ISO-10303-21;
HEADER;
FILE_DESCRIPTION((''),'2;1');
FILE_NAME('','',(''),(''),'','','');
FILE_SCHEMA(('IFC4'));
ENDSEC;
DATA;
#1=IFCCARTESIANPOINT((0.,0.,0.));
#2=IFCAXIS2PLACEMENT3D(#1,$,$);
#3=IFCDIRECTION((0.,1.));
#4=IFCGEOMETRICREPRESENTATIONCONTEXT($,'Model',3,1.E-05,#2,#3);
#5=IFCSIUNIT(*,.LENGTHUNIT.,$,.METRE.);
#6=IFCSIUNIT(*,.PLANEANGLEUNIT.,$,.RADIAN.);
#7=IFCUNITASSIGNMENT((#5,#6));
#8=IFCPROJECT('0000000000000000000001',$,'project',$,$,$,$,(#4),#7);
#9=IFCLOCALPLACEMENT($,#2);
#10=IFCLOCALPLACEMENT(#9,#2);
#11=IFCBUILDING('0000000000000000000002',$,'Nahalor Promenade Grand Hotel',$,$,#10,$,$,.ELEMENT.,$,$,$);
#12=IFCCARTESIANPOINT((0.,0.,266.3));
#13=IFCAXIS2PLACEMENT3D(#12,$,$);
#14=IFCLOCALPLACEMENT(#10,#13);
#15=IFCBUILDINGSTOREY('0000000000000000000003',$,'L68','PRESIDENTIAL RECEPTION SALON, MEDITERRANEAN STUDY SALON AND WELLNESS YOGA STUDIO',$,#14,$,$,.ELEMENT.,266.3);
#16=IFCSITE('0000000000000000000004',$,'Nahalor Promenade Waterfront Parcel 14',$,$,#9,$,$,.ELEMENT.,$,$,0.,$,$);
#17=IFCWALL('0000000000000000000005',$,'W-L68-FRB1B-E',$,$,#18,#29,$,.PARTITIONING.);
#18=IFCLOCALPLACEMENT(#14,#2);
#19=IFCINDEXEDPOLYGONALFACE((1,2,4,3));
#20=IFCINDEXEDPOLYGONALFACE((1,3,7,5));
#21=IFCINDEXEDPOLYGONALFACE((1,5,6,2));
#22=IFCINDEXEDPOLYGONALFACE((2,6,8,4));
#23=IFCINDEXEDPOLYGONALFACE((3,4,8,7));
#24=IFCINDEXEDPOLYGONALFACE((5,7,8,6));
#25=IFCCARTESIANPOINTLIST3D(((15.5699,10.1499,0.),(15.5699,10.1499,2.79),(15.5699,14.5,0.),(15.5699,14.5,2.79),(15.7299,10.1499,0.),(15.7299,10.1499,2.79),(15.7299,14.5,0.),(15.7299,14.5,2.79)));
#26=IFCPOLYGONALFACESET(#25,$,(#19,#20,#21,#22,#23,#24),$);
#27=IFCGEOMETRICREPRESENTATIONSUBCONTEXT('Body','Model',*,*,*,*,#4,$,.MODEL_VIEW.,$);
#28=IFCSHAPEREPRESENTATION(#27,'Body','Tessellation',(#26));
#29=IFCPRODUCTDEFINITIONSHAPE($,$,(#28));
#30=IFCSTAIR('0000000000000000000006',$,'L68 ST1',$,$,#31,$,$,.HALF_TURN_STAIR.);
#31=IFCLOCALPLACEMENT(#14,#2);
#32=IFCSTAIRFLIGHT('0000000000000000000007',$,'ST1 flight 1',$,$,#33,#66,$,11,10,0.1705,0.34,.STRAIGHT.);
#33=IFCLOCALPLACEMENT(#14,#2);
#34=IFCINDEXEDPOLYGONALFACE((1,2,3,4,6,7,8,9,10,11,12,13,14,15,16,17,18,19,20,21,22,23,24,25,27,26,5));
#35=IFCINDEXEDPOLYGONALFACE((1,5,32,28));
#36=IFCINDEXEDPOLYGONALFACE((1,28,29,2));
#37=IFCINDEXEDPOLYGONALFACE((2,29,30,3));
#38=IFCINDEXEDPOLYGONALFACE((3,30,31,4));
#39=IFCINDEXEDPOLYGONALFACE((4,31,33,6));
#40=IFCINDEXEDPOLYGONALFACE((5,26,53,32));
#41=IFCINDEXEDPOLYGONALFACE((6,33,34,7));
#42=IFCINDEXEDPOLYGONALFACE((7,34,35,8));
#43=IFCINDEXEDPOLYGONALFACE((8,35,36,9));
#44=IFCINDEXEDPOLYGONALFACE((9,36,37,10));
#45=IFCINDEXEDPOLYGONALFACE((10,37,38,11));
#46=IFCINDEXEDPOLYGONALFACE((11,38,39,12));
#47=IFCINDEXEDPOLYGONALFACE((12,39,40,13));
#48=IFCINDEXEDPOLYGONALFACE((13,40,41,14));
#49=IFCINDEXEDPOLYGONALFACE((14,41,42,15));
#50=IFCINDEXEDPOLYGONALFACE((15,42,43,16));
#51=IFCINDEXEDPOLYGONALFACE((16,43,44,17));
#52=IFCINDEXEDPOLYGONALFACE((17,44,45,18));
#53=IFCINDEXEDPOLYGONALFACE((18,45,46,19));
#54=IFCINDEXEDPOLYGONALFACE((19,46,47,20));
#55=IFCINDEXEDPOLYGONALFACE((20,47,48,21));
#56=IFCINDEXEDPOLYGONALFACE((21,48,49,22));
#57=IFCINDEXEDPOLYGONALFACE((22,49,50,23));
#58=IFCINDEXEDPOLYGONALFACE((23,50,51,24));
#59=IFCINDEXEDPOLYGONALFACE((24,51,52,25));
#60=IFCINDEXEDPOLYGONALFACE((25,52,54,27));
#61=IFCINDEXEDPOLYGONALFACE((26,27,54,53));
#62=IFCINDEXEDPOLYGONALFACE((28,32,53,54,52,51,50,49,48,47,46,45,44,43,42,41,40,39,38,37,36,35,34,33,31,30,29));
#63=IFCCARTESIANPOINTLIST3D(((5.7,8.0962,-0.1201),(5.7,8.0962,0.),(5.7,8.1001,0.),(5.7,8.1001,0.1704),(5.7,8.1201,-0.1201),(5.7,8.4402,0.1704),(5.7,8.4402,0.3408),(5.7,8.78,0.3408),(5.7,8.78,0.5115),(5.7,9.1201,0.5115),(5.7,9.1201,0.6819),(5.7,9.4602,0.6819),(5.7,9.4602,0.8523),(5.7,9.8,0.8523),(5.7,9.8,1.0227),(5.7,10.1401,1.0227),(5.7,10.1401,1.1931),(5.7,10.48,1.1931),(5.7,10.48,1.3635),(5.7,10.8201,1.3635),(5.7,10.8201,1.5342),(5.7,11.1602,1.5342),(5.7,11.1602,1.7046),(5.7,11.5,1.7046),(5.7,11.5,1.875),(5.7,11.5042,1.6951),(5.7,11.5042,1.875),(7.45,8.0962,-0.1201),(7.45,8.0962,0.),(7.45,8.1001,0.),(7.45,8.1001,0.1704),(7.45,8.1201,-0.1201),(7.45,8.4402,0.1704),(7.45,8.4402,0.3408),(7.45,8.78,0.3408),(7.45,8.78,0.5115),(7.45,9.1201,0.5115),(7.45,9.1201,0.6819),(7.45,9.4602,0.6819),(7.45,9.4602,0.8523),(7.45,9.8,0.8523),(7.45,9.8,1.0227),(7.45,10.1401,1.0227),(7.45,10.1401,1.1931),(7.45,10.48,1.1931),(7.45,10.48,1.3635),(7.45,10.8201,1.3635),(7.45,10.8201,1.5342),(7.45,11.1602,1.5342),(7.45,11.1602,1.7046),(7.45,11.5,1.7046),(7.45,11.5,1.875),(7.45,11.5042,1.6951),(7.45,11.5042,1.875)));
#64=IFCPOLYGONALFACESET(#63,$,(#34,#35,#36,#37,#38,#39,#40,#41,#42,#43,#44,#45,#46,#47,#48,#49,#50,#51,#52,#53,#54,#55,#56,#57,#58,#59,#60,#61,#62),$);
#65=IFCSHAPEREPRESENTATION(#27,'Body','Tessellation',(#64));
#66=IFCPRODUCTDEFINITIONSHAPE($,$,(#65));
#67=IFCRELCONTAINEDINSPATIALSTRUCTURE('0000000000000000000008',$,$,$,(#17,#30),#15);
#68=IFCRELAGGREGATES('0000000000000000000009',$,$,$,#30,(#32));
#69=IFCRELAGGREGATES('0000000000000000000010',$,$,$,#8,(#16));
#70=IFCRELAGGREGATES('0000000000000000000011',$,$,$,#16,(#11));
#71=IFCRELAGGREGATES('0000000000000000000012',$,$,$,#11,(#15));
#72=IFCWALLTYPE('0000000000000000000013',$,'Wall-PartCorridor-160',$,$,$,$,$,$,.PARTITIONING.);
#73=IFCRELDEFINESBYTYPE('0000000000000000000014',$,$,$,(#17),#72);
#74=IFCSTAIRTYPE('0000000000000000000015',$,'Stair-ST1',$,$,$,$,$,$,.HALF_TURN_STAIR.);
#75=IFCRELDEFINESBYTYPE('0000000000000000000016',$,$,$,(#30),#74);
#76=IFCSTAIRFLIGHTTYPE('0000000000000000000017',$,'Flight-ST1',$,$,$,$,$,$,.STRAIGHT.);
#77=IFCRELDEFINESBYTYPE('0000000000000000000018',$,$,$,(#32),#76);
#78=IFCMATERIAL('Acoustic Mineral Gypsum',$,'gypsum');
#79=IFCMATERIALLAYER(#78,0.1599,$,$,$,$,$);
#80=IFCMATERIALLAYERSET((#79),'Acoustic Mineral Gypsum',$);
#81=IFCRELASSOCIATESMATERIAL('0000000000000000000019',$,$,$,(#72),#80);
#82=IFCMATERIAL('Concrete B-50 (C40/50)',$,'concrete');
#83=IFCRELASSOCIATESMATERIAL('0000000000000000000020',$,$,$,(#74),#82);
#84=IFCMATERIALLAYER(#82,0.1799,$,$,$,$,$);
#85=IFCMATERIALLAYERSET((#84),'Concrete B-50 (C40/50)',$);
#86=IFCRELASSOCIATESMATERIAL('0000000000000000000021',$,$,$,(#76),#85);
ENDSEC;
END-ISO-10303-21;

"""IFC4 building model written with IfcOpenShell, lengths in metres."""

from ifc_helpers import new_model, si_unit, direction, frame, frame_2d, origin, place, context, subcontext, project, spatial, polyline, rectangle, outline, extrude, source, transform, mapped, material, layer, layer_set, type_object, element, aggregate, save


model = new_model("IFC4")

# Units and contexts
model_context = context("Model", 3, precision=1e-05, world=origin(), true_north=direction((0.0, 1.0)))
body_context = subcontext(model_context, "Body", "Model", "MODEL_VIEW")
ifc_project = project(units=[si_unit("LENGTHUNIT", "METRE"), si_unit("PLANEANGLEUNIT", "RADIAN")], contexts=[model_context])

# Site, building, storey
site_placement = place(None, origin())
site = spatial("IfcSite", under=ifc_project, at=site_placement, Name="Nahalor Promenade Waterfront Parcel 14", CompositionType="ELEMENT", RefElevation=0.0)
building_placement = place(site_placement, origin())
building = spatial("IfcBuilding", under=site, at=building_placement, Name="Nahalor Promenade Grand Hotel", CompositionType="ELEMENT")
storey_placement = place(building_placement, frame((0.0, 0.0, 266.3)))
storey = spatial("IfcBuildingStorey", under=building, at=storey_placement, Name="L68", Description="PRESIDENTIAL RECEPTION SALON, MEDITERRANEAN STUDY SALON AND WELLNESS YOGA STUDIO", CompositionType="ELEMENT", Elevation=266.3)

# Shared definitions
ifc_material_1 = material(Name="Concrete B-50 (C40/50)", Category="concrete")

# Shared definitions
ifc_material_2 = material(Name="Acoustic Mineral Gypsum", Category="gypsum")
ifc_layer_1 = layer(ifc_material_2, 0.1599)
ifc_layer_set_1 = layer_set([ifc_layer_1], Name="Acoustic Mineral Gypsum")
wall_type_1 = type_object("IfcWallType", Name="Wall-PartCorridor-160", PredefinedType="PARTITIONING", material=ifc_layer_set_1)

# Shared definitions
shared_shape_1 = source(origin(), body_context, "Body", "SweptSolid", [
    extrude(rectangle(XDim=4.3501, YDim=0.1599, at=frame_2d((2.175, 0.0))), origin(), (0.0, 0.0, 1.0), 2.79),
])

# Wall
wall_1_placement = place(storey_placement, frame((15.6499, 10.1499, 0.0), z_axis=(0.0, 0.0, 1.0), x_axis=(0.0, 1.0, 0.0)))
element("IfcWall", 1, at=wall_1_placement, inside=storey, type_object=wall_type_1, Name="W-L68-FRB1B-E", PredefinedType="PARTITIONING", context=body_context, shape_type="MappedRepresentation", body=[
    mapped(shared_shape_1, transform((0.0, 0.0, 0.0), scale=1.0)),
])

# Stair, stair flight
stair_type = type_object("IfcStairType", Name="Stair-ST1", PredefinedType="HALF_TURN_STAIR", material=ifc_material_1)
stair_placement = place(storey_placement, origin())
stair = element("IfcStair", 2, at=stair_placement, inside=storey, type_object=stair_type, Name="L68 ST1", PredefinedType="HALF_TURN_STAIR")
ifc_layer_2 = layer(ifc_material_1, 0.1799)
ifc_layer_set_2 = layer_set([ifc_layer_2], Name="Concrete B-50 (C40/50)")
stair_flight_type = type_object("IfcStairFlightType", Name="Flight-ST1", PredefinedType="STRAIGHT", material=ifc_layer_set_2)
shared_shape_2 = source(origin(), body_context, "Body", "SweptSolid", [
    extrude(outline(polyline([(-0.0039, -0.1201), (-0.0039, 0.0), (0.0, 0.0), (0.0, 0.1704), (0.3401, 0.1704), (0.3401, 0.3408), (0.6799, 0.3408), (0.6799, 0.5115), (1.02, 0.5115), (1.02, 0.6819), (1.3601, 0.6819), (1.3601, 0.8523), (1.7, 0.8523), (1.7, 1.0227), (2.04, 1.0227), (2.04, 1.1931), (2.3799, 1.1931), (2.3799, 1.3635), (2.72, 1.3635), (2.72, 1.5342), (3.0601, 1.5342), (3.0601, 1.7046), (3.3999, 1.7046), (3.3999, 1.875), (3.4041, 1.875), (3.4041, 1.6951), (0.02, -0.1201), (-0.0039, -0.1201)])), frame((0.0, 0.875, 0.0), z_axis=(0.0, -1.0, 0.0), x_axis=(1.0, 0.0, 0.0)), (0.0, 0.0, 1.0), 1.75),
])
stair_flight_placement = place(storey_placement, frame((6.575, 8.1001, 0.0), z_axis=(0.0, 0.0, 1.0), x_axis=(0.0, 1.0, 0.0)))
stair_flight = element("IfcStairFlight", 3, at=stair_flight_placement, type_object=stair_flight_type, Name="ST1 flight 1", NumberOfRisers=11, NumberOfTreads=10, PredefinedType="STRAIGHT", RiserHeight=0.1705, TreadLength=0.34, context=body_context, shape_type="MappedRepresentation", body=[
    mapped(shared_shape_2, transform((0.0, 0.0, 0.0), scale=1.0)),
])
aggregate(stair, [stair_flight])

save(model, "model.ifc")
